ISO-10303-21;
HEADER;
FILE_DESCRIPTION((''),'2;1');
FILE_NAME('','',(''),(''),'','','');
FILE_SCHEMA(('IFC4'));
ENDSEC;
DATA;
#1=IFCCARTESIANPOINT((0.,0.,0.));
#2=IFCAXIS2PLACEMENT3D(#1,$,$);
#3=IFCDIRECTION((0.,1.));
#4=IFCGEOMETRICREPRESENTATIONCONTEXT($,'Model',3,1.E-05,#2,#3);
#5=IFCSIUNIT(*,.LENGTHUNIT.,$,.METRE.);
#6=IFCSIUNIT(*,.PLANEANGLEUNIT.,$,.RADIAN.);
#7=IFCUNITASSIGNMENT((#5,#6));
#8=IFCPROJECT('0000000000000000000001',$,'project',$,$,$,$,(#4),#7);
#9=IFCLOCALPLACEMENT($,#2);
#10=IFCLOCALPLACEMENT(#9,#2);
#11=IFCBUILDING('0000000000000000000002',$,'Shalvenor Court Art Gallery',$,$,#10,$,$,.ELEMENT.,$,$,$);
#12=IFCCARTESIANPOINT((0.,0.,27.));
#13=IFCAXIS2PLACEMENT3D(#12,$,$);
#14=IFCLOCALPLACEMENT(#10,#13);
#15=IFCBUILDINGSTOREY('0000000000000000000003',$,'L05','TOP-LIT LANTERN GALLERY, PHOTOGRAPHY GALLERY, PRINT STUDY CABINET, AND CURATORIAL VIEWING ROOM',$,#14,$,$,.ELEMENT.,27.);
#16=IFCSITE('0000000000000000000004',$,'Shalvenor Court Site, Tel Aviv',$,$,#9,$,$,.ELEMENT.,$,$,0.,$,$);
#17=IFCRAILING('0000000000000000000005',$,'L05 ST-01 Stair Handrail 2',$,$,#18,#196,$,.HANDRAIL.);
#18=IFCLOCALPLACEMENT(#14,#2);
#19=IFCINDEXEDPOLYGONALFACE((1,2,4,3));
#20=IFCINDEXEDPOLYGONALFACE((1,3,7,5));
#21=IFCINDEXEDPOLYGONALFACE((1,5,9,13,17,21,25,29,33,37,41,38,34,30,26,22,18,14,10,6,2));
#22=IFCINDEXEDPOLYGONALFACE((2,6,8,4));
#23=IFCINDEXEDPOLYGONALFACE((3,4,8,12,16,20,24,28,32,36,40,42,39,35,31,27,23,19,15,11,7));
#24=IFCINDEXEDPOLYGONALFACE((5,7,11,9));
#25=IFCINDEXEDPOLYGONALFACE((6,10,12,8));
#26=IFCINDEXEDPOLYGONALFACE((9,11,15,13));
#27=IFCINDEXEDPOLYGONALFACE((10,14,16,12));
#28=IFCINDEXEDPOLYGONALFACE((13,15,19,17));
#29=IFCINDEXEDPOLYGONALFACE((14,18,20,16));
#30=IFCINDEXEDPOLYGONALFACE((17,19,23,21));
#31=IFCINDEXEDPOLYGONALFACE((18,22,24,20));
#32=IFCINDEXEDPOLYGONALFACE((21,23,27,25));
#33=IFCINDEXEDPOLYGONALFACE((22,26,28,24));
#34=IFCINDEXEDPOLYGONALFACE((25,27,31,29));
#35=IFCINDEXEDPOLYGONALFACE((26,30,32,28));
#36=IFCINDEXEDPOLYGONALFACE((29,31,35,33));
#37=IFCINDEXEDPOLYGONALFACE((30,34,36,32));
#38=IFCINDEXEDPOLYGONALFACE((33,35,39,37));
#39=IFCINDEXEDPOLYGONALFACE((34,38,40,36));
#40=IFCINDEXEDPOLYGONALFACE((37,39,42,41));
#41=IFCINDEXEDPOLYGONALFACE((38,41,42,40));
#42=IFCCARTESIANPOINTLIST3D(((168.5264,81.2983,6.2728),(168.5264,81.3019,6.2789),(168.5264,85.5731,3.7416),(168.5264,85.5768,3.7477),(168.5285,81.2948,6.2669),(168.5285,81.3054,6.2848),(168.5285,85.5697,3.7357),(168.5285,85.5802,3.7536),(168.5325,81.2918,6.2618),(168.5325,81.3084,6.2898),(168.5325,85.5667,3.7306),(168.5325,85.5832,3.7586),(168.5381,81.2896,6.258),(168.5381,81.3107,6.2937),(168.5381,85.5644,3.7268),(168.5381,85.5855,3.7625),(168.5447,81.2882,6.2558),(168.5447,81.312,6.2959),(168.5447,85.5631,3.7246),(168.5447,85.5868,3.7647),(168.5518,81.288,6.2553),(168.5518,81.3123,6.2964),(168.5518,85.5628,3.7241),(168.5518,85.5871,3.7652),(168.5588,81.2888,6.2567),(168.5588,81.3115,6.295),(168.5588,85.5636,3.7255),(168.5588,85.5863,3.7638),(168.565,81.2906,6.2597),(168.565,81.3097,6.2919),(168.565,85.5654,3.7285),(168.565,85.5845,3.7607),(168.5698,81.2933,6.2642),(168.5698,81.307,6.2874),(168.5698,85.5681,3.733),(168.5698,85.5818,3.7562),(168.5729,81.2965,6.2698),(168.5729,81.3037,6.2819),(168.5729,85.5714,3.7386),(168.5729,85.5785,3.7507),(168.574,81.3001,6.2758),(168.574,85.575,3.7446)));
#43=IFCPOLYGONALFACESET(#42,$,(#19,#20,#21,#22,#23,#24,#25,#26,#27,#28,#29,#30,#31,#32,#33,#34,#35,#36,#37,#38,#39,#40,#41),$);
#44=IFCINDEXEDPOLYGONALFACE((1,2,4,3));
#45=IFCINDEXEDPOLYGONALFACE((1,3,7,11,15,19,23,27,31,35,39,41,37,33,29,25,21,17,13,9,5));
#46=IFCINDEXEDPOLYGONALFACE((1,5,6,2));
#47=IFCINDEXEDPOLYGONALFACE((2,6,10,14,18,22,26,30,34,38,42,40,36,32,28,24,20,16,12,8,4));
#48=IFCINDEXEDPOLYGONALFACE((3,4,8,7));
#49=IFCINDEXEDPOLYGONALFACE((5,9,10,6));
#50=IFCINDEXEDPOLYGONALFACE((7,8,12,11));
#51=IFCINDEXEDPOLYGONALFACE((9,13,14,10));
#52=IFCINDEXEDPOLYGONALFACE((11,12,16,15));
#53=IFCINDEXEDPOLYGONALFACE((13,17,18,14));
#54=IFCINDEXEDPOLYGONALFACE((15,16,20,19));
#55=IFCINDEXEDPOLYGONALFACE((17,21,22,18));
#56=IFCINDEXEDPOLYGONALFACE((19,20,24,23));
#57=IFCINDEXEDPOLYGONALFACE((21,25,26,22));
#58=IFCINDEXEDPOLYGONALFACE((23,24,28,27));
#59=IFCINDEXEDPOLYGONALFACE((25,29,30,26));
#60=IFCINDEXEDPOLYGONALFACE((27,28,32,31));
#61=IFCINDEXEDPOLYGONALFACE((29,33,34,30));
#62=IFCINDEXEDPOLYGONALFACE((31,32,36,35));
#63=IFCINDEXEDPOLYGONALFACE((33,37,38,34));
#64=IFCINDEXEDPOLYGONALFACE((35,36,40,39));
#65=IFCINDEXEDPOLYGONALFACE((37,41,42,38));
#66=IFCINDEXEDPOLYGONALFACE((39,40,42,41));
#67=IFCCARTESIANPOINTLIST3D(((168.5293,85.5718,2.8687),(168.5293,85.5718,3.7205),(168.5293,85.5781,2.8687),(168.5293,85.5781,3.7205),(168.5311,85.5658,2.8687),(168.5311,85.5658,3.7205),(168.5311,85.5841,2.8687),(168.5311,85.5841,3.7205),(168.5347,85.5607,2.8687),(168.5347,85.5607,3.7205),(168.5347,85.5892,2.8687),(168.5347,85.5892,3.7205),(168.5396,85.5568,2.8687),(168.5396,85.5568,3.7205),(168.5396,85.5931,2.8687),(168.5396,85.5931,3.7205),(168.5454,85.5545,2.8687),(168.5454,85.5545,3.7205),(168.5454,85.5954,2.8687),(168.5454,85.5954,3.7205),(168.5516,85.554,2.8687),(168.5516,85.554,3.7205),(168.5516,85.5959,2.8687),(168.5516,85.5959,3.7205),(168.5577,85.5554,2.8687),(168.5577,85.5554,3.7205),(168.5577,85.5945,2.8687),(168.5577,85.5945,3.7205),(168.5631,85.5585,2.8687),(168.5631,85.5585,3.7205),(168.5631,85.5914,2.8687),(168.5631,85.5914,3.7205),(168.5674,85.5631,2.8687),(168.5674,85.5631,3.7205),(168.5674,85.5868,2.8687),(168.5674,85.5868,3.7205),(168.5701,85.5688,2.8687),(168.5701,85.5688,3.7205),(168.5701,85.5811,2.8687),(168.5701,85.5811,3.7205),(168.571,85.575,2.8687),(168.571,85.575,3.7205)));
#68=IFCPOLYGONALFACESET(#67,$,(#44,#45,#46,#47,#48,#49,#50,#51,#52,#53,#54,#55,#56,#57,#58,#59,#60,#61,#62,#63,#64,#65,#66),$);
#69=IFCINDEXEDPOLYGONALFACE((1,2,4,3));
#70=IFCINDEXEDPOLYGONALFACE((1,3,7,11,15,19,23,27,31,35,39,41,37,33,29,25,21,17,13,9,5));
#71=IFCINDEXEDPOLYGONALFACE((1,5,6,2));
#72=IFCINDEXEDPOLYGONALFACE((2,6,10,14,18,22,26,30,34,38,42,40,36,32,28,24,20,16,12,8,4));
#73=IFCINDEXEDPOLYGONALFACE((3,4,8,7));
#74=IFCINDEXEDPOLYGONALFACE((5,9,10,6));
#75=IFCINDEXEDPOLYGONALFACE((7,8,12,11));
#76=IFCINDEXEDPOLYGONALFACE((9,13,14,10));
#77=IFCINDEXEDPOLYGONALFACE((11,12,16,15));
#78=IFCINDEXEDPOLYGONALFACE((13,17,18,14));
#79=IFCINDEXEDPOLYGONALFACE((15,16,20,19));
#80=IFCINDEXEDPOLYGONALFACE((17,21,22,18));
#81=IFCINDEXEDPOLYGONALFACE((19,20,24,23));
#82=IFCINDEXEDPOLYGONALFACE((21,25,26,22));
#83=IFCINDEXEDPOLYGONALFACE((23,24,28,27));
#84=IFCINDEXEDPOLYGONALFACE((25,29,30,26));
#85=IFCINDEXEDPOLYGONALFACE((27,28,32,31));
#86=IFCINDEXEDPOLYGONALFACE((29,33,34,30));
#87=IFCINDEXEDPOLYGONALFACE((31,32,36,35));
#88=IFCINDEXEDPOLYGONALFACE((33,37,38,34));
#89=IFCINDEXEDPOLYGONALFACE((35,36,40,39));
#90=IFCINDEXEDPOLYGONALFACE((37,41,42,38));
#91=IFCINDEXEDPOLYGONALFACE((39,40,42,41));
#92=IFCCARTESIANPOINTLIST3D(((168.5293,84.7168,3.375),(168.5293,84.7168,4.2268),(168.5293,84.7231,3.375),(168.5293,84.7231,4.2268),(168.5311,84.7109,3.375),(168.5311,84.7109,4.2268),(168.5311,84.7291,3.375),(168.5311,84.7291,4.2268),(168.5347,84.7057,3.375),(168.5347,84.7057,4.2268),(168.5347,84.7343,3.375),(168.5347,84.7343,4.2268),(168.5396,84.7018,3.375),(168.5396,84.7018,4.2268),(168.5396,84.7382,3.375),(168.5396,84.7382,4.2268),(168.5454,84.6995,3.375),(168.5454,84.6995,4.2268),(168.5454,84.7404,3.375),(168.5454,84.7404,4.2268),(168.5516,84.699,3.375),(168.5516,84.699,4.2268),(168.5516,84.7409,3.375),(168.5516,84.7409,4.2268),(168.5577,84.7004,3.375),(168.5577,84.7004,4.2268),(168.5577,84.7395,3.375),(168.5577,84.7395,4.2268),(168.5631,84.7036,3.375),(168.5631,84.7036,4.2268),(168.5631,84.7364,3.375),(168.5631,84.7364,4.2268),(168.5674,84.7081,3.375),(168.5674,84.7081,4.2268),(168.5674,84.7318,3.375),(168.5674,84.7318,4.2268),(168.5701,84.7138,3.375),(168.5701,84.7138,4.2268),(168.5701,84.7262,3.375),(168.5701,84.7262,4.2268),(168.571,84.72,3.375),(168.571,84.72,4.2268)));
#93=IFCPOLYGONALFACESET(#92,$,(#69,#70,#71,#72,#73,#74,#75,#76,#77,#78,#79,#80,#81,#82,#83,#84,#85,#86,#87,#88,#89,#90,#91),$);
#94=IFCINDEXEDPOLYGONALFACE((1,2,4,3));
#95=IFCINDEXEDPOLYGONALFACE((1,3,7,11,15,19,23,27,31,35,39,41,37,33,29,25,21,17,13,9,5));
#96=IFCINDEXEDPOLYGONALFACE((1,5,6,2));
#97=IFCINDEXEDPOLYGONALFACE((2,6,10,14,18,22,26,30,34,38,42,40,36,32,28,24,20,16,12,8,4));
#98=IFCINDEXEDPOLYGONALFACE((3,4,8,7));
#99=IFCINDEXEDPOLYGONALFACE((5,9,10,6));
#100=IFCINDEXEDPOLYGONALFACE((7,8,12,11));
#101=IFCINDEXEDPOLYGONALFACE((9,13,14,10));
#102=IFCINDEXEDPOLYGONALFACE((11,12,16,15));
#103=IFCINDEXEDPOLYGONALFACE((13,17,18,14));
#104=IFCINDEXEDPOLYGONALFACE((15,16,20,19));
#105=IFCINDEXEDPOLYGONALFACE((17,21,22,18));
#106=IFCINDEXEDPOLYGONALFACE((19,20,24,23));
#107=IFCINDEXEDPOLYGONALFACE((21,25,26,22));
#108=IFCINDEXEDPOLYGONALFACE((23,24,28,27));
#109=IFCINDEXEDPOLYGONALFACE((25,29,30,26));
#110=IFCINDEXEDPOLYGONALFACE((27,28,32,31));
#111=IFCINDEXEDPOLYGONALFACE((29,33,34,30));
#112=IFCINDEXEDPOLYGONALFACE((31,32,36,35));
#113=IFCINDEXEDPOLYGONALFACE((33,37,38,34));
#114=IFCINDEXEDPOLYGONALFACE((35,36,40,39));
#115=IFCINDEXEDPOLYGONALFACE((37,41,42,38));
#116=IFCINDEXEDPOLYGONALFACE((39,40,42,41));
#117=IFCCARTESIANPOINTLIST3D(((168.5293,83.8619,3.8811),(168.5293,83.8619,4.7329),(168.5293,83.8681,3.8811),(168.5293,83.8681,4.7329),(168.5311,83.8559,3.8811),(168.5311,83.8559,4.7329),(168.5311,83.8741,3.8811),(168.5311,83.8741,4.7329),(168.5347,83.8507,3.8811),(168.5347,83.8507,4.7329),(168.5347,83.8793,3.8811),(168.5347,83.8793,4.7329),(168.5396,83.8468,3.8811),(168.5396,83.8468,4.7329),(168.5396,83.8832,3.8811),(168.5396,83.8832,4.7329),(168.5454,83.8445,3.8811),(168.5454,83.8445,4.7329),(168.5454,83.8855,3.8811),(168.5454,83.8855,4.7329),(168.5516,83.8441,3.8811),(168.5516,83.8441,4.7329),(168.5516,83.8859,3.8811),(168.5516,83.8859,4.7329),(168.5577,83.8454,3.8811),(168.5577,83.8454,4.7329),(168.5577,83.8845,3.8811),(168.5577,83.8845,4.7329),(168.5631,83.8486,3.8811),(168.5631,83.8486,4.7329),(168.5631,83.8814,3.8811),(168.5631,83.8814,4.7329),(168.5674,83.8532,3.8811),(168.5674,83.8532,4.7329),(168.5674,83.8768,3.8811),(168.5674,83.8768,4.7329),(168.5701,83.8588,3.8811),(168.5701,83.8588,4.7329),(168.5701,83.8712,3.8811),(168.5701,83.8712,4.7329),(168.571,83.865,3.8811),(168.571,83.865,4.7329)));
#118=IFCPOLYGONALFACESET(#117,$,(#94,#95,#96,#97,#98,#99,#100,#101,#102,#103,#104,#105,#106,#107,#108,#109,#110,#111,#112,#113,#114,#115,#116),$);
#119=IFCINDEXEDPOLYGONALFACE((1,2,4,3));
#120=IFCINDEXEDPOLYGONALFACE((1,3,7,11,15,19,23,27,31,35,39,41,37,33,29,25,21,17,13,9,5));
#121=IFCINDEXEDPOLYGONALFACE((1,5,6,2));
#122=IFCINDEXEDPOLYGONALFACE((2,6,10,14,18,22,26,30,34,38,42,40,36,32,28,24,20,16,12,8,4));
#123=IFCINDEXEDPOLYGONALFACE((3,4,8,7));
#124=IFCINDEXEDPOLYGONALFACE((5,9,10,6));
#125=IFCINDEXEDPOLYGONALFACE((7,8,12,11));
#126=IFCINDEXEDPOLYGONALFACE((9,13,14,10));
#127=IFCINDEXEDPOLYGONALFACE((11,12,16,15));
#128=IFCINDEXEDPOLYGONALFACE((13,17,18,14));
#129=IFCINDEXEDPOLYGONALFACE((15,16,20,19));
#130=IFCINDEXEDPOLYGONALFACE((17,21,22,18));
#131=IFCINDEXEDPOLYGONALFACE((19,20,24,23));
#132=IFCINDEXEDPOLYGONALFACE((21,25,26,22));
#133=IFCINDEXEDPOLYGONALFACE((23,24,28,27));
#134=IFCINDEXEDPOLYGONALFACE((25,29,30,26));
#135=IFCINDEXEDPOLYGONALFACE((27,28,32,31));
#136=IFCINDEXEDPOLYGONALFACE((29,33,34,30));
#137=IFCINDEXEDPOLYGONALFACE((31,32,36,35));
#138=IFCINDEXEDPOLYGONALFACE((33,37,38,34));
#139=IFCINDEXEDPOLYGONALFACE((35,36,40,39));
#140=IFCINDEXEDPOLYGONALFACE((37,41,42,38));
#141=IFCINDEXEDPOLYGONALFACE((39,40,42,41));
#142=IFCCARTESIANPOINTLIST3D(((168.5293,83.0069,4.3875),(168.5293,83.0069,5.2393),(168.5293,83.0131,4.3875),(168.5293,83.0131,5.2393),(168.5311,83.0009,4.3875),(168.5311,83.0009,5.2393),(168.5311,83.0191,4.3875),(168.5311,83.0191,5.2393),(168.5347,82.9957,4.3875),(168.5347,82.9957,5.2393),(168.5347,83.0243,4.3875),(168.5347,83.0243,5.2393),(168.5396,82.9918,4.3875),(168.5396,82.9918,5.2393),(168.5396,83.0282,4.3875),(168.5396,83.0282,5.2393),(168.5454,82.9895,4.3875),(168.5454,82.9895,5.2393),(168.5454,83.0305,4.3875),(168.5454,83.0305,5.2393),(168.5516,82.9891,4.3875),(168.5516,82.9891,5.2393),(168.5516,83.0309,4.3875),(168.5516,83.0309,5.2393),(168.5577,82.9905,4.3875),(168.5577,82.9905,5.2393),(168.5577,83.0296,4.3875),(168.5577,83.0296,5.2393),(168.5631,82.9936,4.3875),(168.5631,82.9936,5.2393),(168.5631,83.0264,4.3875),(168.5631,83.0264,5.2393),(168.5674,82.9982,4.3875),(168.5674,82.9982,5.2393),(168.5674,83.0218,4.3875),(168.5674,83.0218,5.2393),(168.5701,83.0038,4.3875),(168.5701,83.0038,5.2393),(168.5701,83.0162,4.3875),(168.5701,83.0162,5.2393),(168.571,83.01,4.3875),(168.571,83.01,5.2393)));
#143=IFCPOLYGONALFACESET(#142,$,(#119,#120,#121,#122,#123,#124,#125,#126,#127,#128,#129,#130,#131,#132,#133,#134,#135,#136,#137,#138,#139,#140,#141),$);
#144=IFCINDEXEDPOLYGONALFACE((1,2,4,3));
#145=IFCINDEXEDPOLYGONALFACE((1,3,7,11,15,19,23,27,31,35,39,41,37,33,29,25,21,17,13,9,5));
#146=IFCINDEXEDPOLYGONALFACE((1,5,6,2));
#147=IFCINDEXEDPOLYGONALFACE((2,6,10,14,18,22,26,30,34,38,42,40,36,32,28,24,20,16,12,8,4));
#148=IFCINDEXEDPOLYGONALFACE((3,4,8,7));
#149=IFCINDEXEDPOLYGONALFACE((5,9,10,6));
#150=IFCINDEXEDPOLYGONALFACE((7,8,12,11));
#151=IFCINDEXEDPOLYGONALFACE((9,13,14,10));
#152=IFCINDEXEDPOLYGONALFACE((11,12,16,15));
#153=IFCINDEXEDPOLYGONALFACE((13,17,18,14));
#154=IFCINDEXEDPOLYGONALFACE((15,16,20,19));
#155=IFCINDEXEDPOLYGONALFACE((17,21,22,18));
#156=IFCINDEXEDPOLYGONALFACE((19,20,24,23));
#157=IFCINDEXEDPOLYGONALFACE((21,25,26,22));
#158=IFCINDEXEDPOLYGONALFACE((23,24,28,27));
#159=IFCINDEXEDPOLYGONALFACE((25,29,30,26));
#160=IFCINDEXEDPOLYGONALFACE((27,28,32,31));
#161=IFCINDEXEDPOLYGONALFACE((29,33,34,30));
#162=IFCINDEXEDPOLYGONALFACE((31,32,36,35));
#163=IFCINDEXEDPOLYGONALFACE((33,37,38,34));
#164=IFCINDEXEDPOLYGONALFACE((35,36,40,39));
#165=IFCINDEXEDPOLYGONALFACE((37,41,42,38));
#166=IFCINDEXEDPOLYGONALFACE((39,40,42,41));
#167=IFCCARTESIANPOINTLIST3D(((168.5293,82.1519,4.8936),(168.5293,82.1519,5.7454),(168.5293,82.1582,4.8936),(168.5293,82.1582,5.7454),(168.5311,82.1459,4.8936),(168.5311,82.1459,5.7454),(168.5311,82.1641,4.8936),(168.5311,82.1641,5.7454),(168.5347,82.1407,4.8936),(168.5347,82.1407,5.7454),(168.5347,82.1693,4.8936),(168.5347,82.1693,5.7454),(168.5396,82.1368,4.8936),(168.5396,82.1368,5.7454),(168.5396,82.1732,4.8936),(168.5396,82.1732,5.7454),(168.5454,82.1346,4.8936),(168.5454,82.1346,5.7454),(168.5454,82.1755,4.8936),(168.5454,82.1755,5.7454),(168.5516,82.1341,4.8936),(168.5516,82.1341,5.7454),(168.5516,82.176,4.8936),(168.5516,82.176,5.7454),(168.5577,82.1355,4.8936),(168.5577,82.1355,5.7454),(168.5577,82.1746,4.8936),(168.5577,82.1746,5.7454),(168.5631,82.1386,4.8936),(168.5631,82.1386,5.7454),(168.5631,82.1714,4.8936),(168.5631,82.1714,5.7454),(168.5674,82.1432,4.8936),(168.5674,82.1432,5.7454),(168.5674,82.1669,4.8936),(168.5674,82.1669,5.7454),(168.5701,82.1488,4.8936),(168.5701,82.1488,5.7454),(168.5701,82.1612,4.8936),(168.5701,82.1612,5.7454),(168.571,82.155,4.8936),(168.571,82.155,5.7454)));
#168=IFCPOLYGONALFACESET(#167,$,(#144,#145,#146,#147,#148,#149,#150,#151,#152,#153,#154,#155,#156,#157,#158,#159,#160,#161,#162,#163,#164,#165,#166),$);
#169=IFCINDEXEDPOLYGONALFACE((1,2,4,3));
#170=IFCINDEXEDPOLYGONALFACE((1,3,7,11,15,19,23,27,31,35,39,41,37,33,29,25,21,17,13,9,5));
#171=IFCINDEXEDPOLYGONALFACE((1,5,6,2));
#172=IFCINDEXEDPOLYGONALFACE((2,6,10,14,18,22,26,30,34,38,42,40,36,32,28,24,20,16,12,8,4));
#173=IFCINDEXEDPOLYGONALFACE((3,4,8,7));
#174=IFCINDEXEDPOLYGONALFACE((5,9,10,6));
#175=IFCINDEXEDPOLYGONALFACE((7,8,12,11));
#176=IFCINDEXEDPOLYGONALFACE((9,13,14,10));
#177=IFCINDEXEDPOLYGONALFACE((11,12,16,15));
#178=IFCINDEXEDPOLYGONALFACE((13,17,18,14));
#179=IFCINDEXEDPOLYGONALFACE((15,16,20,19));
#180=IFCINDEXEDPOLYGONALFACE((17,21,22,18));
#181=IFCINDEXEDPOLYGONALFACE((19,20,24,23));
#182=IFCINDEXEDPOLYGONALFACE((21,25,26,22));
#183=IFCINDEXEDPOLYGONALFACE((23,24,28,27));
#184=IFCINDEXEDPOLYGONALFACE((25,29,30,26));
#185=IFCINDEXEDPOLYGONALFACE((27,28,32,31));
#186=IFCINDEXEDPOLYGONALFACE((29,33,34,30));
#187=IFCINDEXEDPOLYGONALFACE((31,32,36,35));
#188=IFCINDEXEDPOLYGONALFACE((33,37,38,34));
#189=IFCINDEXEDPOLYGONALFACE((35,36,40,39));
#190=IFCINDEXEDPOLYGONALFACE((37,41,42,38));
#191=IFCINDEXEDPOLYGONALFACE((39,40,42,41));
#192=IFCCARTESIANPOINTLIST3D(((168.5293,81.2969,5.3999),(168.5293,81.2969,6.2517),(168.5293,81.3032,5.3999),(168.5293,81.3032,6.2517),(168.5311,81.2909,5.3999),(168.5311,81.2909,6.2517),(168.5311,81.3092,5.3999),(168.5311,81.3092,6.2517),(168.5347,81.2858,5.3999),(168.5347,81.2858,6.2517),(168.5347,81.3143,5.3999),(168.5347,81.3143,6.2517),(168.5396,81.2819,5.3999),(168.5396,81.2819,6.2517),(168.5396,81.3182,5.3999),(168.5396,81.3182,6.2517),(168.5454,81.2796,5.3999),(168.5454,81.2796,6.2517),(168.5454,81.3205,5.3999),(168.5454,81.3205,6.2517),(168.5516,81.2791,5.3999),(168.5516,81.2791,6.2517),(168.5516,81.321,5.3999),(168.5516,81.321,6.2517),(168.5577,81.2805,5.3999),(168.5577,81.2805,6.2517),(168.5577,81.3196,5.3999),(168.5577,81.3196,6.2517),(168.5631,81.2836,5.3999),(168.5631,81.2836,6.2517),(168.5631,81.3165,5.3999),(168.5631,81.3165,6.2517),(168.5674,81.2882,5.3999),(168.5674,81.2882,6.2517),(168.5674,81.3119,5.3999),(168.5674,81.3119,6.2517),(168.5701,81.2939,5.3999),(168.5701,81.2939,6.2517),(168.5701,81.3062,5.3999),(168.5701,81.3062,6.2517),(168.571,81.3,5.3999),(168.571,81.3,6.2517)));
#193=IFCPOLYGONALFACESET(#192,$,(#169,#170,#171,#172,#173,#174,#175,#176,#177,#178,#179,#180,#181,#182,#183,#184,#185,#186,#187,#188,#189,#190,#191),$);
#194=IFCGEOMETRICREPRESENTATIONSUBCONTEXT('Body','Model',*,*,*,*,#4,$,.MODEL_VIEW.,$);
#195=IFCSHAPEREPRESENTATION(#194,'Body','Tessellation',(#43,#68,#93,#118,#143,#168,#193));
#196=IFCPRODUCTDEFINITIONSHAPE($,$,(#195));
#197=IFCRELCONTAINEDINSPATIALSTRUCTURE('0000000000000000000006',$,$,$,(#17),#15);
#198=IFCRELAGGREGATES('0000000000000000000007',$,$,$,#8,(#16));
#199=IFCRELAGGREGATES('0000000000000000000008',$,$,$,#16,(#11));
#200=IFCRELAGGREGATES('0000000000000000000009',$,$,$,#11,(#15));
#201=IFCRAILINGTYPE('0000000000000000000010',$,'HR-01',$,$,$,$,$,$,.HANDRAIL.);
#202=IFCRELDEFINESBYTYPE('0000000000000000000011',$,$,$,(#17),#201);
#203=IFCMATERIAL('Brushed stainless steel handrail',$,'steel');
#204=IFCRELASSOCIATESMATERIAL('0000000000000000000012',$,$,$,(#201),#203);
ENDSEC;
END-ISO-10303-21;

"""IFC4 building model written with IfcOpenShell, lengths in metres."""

from ifc_helpers import new_model, si_unit, direction, frame, origin, origin_2d, place, context, subcontext, project, spatial, circle, extrude, material, type_object, element, save


model = new_model("IFC4")

# Units and contexts
model_context = context("Model", 3, precision=1e-05, world=origin(), true_north=direction((0.0, 1.0)))
body_context = subcontext(model_context, "Body", "Model", "MODEL_VIEW")
ifc_project = project(units=[si_unit("LENGTHUNIT", "METRE"), si_unit("PLANEANGLEUNIT", "RADIAN")], contexts=[model_context])

# Site, building, storey
site_placement = place(None, origin())
site = spatial("IfcSite", under=ifc_project, at=site_placement, Name="Shalvenor Court Site, Tel Aviv", CompositionType="ELEMENT", RefElevation=0.0)
building_placement = place(site_placement, origin())
building = spatial("IfcBuilding", under=site, at=building_placement, Name="Shalvenor Court Art Gallery", CompositionType="ELEMENT")
storey_placement = place(building_placement, frame((0.0, 0.0, 27.0)))
storey = spatial("IfcBuildingStorey", under=building, at=storey_placement, Name="L05", Description="TOP-LIT LANTERN GALLERY, PHOTOGRAPHY GALLERY, PRINT STUDY CABINET, AND CURATORIAL VIEWING ROOM", CompositionType="ELEMENT", Elevation=27.0)

# Railing
ifc_material_1 = material(Name="Brushed stainless steel handrail", Category="steel")
railing_type_1 = type_object("IfcRailingType", Name="HR-01", PredefinedType="HANDRAIL", material=ifc_material_1)
railing_1_placement = place(storey_placement, frame((168.55, 85.575, 2.8687)))
element("IfcRailing", 1, at=railing_1_placement, inside=storey, type_object=railing_type_1, Name="L05 ST-01 Stair Handrail 2", PredefinedType="HANDRAIL", context=body_context, shape_type="SweptSolid", body=[
    extrude(circle(Radius=0.0239, at=origin_2d()), frame((0.0, 0.0, 0.876), z_axis=(0.0, -0.86047, 0.509501), x_axis=(1.0, 0.0, 0.0)), (0.0, 0.0, 1.0), 4.968),
    extrude(circle(Radius=0.021, at=origin_2d()), origin(), (0.0, 0.0, 1.0), 0.8518),
    extrude(circle(Radius=0.021, at=origin_2d()), frame((0.0, -0.855, 0.5063)), (0.0, 0.0, 1.0), 0.8518),
    extrude(circle(Radius=0.021, at=origin_2d()), frame((0.0, -1.71, 1.0125)), (0.0, 0.0, 1.0), 0.8518),
    extrude(circle(Radius=0.021, at=origin_2d()), frame((0.0, -2.5649, 1.5188)), (0.0, 0.0, 1.0), 0.8518),
    extrude(circle(Radius=0.021, at=origin_2d()), frame((0.0, -3.4199, 2.0249)), (0.0, 0.0, 1.0), 0.8518),
    extrude(circle(Radius=0.021, at=origin_2d()), frame((0.0, -4.2749, 2.5312)), (0.0, 0.0, 1.0), 0.8518),
])

save(model, "model.ifc")
